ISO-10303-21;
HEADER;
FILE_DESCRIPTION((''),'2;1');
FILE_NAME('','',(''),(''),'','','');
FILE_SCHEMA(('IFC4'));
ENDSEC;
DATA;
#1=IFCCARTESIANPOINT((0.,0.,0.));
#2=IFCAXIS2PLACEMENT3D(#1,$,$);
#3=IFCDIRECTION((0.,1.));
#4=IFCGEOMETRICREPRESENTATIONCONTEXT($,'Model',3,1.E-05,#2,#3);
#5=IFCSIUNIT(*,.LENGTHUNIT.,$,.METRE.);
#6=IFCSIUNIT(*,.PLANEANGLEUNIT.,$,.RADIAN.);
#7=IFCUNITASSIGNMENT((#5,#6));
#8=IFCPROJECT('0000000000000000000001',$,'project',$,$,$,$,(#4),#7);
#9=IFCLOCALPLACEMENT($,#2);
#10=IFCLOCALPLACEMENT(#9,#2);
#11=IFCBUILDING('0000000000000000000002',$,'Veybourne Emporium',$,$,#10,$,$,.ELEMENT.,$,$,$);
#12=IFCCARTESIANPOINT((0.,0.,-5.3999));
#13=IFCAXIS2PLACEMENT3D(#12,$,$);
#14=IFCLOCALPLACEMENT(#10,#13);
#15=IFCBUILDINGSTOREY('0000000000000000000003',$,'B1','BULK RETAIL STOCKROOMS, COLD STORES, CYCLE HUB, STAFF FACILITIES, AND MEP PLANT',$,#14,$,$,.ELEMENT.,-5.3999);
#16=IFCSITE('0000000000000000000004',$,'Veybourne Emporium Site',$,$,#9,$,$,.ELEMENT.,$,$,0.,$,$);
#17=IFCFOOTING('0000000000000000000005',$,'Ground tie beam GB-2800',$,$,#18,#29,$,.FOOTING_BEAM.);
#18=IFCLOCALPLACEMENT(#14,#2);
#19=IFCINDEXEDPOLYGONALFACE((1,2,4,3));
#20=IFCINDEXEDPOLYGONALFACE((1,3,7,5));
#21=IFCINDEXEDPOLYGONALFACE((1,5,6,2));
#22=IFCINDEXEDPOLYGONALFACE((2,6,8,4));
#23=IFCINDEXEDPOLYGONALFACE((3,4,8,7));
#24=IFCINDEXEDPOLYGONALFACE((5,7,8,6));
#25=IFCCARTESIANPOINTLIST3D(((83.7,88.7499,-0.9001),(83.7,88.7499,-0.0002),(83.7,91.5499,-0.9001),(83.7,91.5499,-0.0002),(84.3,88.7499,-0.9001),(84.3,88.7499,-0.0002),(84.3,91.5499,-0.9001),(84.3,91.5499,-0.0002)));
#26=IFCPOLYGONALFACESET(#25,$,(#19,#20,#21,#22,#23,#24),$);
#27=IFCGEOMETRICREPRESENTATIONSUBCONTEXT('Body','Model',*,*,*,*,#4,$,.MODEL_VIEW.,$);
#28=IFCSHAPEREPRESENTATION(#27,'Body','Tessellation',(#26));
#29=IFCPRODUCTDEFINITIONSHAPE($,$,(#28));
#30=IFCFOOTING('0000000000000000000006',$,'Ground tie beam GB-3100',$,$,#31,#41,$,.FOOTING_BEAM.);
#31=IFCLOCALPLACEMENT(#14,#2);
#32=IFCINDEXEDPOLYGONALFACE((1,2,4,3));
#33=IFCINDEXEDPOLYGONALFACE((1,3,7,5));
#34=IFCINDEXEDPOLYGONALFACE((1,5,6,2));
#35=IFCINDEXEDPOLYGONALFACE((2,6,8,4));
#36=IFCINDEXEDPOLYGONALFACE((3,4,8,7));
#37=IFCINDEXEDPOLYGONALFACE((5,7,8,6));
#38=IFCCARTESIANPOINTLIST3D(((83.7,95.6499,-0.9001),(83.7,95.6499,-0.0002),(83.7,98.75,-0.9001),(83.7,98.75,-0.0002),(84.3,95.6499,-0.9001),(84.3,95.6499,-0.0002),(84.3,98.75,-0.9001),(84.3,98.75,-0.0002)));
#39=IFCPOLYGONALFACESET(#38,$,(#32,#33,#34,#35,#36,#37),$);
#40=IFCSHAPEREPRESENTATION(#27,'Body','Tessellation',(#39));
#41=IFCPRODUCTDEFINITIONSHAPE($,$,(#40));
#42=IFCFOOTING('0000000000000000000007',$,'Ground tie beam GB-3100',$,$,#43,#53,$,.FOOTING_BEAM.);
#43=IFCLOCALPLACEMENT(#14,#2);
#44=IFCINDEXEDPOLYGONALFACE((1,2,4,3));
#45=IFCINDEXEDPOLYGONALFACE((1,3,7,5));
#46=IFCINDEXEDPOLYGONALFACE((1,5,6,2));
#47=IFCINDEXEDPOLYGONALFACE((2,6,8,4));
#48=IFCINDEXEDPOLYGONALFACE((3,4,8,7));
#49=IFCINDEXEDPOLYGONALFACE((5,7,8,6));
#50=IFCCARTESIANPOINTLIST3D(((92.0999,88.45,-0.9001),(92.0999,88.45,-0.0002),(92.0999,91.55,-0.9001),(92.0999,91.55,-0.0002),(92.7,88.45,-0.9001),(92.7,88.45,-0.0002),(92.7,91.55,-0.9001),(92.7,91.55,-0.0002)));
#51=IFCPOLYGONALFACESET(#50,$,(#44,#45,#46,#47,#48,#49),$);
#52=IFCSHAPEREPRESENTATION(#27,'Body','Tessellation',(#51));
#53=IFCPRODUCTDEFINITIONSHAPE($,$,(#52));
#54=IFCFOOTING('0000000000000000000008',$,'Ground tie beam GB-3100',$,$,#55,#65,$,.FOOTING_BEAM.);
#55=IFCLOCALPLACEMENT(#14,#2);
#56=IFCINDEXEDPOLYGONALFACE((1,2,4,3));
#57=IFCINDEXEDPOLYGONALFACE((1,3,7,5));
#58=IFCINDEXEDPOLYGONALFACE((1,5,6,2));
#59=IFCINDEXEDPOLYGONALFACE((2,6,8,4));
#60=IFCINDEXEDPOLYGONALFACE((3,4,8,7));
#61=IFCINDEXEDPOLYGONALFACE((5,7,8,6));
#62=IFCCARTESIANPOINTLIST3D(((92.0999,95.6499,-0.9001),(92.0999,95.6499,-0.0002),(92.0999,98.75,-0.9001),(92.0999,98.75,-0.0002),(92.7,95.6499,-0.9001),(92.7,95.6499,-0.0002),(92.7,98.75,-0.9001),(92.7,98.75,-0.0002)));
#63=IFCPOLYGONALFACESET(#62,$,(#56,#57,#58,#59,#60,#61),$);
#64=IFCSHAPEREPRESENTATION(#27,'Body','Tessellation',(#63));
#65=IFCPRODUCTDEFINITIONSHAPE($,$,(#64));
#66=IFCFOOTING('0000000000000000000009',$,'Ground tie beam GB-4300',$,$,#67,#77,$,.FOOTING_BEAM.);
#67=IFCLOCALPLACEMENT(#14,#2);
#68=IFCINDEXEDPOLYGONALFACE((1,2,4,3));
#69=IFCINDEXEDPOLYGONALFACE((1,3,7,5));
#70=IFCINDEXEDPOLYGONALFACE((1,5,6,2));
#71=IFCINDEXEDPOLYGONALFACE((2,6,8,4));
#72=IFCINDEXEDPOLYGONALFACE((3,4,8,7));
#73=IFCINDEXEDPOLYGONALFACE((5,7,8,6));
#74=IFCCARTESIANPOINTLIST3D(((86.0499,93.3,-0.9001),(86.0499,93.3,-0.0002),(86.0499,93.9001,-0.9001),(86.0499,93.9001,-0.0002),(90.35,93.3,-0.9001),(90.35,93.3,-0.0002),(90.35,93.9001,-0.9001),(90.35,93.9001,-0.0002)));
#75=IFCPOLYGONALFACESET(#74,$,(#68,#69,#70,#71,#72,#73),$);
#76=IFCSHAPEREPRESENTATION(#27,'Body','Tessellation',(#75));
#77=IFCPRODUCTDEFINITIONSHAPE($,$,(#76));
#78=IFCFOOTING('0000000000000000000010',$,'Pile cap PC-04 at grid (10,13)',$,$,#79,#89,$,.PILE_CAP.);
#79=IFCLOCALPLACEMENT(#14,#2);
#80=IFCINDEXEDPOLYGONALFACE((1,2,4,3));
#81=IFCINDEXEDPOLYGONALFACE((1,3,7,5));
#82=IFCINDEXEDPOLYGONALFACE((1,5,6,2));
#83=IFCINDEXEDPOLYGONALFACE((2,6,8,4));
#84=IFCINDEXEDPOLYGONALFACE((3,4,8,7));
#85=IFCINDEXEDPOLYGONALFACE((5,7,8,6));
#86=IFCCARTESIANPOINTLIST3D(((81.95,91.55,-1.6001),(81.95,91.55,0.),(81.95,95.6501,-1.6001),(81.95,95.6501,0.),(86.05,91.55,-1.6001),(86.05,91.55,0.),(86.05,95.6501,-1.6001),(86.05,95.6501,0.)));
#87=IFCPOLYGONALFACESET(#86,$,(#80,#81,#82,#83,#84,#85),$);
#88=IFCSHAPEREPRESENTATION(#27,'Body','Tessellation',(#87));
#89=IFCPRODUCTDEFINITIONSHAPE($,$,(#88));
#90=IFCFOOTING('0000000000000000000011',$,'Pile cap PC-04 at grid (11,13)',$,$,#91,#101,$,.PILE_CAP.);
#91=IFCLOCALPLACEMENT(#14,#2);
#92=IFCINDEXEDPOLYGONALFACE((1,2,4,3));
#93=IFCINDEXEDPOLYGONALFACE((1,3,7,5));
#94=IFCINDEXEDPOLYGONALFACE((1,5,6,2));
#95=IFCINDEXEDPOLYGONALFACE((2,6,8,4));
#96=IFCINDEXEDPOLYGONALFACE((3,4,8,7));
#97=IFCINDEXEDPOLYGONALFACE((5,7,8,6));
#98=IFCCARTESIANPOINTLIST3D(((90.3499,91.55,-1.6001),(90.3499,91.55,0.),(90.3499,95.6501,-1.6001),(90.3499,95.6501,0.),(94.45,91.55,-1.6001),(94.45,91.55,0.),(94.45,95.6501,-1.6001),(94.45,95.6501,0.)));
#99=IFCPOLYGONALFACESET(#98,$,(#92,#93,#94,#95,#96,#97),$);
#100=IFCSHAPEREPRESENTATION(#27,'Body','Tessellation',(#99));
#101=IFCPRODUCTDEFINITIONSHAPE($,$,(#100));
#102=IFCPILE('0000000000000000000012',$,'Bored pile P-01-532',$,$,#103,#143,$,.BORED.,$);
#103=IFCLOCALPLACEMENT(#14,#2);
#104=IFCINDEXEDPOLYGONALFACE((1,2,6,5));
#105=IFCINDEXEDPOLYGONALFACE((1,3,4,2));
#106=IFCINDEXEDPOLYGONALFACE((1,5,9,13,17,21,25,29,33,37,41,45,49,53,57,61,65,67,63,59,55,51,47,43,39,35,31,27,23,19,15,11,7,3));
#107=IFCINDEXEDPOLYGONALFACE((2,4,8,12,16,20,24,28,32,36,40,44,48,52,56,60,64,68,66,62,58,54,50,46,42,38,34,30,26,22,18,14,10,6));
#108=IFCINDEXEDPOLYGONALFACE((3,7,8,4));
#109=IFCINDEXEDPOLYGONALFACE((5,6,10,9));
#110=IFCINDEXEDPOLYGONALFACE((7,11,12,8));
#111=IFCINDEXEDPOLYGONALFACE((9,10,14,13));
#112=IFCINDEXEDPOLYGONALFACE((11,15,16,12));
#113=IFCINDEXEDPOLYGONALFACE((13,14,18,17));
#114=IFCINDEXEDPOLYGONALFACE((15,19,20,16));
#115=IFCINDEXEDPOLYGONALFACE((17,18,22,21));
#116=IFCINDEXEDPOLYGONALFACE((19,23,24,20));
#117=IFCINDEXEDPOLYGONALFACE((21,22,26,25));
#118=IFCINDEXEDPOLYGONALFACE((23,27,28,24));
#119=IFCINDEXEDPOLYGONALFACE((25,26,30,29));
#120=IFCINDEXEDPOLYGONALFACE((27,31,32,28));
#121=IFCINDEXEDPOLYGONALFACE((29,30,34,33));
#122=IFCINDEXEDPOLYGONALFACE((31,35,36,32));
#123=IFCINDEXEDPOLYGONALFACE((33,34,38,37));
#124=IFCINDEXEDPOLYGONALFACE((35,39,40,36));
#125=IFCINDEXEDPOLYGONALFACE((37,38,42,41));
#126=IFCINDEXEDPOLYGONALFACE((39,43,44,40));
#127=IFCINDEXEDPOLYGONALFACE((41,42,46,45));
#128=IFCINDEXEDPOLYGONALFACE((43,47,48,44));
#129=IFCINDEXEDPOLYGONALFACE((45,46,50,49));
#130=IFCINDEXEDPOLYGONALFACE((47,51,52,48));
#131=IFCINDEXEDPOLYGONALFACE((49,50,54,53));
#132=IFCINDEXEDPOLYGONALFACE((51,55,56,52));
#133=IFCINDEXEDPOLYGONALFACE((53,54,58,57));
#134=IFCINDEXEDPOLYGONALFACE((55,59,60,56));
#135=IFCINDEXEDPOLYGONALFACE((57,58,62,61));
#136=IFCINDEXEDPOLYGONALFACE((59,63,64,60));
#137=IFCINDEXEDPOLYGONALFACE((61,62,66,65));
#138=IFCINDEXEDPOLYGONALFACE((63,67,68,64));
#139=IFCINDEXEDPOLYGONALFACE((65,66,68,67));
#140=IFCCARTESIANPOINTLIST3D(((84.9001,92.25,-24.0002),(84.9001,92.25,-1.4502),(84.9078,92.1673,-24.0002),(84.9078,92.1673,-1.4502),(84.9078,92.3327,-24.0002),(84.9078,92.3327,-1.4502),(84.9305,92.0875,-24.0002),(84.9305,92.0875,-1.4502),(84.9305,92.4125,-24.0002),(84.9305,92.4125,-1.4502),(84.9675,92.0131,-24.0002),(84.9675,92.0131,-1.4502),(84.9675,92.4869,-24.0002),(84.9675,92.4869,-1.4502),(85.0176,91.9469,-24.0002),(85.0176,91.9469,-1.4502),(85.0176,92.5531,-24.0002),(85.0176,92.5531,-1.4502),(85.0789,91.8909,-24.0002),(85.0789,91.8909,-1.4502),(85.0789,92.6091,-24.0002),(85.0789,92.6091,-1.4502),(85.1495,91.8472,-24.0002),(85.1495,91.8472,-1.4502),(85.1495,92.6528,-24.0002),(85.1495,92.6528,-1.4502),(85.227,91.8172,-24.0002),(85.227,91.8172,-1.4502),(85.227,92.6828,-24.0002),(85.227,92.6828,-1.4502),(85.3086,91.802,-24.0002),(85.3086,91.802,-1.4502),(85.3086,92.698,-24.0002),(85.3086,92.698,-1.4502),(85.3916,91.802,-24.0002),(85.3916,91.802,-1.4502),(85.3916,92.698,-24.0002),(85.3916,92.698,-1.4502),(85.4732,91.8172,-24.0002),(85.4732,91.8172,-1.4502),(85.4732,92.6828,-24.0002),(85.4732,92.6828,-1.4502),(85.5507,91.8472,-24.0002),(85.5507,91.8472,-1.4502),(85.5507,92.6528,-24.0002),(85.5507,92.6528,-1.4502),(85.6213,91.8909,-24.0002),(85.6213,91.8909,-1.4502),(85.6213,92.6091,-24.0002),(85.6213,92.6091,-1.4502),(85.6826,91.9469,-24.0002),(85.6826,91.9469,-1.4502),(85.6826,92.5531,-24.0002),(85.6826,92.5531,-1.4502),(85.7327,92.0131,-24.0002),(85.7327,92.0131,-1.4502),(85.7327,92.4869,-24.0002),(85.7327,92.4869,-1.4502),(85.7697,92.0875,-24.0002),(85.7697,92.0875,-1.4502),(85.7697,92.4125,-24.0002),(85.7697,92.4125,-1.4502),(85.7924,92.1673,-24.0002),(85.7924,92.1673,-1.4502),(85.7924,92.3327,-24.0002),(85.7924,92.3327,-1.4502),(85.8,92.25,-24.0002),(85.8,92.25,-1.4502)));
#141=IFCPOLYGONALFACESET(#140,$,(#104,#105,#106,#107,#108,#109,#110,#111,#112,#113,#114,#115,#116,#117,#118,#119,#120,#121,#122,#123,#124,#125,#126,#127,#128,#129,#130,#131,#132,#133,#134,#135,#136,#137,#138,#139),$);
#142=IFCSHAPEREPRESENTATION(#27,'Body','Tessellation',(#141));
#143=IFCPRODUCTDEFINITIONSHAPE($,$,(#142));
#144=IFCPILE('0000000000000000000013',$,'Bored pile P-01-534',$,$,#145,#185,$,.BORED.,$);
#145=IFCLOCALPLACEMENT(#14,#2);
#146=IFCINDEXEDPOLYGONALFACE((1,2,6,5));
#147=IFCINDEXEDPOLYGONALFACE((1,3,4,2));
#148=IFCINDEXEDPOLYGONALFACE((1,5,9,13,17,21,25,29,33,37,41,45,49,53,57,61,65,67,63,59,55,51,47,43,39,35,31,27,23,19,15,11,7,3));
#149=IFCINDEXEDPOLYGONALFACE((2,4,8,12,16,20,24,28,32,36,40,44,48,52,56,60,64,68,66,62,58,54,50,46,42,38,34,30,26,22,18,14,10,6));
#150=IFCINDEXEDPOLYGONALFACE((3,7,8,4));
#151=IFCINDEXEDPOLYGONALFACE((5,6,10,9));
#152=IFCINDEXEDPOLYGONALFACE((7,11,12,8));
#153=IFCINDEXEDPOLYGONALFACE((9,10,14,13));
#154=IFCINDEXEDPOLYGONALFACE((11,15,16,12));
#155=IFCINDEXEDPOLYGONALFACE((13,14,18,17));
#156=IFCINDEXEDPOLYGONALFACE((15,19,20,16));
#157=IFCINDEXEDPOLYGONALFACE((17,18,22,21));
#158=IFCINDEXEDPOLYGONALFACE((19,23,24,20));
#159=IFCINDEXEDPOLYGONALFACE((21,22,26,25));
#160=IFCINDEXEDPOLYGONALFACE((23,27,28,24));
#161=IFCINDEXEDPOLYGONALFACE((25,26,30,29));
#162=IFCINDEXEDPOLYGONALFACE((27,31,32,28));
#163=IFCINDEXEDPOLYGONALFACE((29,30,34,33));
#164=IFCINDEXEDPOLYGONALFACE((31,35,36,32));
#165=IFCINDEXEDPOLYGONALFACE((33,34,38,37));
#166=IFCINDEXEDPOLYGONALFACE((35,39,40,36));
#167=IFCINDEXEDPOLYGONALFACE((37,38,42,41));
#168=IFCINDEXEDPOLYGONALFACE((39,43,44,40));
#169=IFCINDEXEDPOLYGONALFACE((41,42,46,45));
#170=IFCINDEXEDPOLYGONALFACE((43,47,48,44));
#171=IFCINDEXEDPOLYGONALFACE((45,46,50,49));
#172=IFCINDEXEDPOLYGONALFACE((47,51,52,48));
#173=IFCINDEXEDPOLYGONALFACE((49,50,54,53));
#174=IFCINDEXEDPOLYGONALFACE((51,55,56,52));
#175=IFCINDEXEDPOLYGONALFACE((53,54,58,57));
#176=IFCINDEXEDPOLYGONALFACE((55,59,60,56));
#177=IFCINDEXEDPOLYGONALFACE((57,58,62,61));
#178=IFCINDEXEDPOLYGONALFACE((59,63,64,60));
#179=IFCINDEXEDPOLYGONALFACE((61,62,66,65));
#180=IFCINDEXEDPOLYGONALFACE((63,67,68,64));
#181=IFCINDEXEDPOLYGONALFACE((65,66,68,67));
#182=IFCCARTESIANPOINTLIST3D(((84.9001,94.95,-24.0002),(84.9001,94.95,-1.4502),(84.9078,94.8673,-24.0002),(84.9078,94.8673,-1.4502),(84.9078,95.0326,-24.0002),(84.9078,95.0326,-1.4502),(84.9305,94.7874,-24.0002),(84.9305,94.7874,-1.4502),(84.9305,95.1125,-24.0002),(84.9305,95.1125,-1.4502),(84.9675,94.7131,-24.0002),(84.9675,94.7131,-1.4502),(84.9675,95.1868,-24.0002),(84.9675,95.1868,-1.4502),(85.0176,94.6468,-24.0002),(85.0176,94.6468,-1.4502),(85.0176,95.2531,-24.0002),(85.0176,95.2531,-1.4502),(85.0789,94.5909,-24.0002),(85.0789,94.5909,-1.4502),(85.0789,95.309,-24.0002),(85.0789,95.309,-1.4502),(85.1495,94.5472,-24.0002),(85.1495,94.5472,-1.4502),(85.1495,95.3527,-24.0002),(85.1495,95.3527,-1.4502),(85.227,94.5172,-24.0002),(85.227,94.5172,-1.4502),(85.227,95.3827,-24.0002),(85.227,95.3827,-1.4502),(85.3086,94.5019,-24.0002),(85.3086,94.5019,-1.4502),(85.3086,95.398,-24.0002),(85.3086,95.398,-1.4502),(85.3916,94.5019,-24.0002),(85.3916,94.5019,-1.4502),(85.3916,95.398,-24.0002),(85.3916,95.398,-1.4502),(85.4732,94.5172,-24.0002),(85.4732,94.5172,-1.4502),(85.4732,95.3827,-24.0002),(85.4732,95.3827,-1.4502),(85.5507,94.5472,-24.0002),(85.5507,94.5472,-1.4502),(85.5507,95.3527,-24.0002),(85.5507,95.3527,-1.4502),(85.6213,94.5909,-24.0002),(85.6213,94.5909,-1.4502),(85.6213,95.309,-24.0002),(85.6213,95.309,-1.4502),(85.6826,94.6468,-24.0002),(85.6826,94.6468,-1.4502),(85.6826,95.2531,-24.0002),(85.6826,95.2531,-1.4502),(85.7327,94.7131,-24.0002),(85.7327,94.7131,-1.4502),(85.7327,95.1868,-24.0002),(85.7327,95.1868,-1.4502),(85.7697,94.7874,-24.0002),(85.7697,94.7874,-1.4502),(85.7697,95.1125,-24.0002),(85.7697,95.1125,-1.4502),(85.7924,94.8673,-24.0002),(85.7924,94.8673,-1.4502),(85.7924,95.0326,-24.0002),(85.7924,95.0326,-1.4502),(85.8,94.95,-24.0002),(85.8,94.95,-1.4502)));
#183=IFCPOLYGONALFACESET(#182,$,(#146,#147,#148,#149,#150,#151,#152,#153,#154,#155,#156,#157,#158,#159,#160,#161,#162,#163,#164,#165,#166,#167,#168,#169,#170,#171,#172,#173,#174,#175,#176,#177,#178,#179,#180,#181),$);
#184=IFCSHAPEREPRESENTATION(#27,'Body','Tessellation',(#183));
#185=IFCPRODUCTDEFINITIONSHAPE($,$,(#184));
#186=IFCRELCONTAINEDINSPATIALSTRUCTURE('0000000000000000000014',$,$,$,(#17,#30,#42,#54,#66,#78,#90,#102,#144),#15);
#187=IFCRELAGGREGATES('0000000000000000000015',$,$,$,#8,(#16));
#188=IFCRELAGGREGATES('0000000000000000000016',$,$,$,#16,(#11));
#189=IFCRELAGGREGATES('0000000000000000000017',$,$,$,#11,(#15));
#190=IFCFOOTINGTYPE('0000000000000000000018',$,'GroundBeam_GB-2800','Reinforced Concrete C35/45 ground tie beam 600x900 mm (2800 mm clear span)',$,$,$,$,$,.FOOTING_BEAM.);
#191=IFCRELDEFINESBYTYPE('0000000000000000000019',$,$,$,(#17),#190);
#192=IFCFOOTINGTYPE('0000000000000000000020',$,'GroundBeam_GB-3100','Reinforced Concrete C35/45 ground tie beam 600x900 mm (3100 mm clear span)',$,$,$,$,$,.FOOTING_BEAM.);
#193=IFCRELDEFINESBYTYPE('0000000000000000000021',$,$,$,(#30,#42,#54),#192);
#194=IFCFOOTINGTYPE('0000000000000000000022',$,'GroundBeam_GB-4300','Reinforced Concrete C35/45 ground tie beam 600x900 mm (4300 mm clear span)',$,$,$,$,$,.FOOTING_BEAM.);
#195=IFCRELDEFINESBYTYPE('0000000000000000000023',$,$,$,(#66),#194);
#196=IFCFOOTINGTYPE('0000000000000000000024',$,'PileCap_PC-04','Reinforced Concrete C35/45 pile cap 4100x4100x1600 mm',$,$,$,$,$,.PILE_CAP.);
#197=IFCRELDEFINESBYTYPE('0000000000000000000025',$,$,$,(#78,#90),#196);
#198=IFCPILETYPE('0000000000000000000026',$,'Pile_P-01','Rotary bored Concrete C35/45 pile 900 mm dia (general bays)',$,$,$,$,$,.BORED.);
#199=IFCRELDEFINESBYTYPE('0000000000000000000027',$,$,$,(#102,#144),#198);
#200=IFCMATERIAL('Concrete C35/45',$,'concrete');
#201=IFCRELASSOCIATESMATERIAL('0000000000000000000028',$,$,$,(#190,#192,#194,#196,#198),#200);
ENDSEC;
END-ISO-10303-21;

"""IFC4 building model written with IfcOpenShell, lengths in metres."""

from ifc_helpers import new_model, si_unit, direction, frame, origin, origin_2d, place, context, subcontext, project, spatial, rectangle, circle, extrude, material, material_profile, profile_set, type_object, element, save


model = new_model("IFC4")

# Units and contexts
model_context = context("Model", 3, precision=1e-05, world=origin(), true_north=direction((0.0, 1.0)))
body_context = subcontext(model_context, "Body", "Model", "MODEL_VIEW")
ifc_project = project(units=[si_unit("LENGTHUNIT", "METRE"), si_unit("PLANEANGLEUNIT", "RADIAN")], contexts=[model_context])

# Site, building, storey
site_placement = place(None, origin())
site = spatial("IfcSite", under=ifc_project, at=site_placement, Name="Veybourne Emporium Site", CompositionType="ELEMENT", RefElevation=0.0)
building_placement = place(site_placement, origin())
building = spatial("IfcBuilding", under=site, at=building_placement, Name="Veybourne Emporium", CompositionType="ELEMENT")
storey_placement = place(building_placement, frame((0.0, 0.0, -5.3999)))
storey = spatial("IfcBuildingStorey", under=building, at=storey_placement, Name="B1", Description="BULK RETAIL STOCKROOMS, COLD STORES, CYCLE HUB, STAFF FACILITIES, AND MEP PLANT", CompositionType="ELEMENT", Elevation=-5.3999)

# Footings
ifc_material_1 = material(Name="Concrete C35/45", Category="concrete")
footing_type_1 = type_object("IfcFootingType", Name="GroundBeam_GB-2800", Description="Reinforced Concrete C35/45 ground tie beam 600x900 mm (2800 mm clear span)", PredefinedType="FOOTING_BEAM", material=ifc_material_1)
footing_1_placement = place(storey_placement, frame((84.0, 90.1499, -0.9001), z_axis=(0.0, 0.0, 1.0), x_axis=(0.0, 1.0, 0.0)))
element("IfcFooting", 1, at=footing_1_placement, inside=storey, type_object=footing_type_1, Name="Ground tie beam GB-2800", PredefinedType="FOOTING_BEAM", context=body_context, shape_type="SweptSolid", body=[
    extrude(rectangle(XDim=2.8, YDim=0.6001, at=origin_2d()), origin(), (0.0, 0.0, 1.0), 0.8999),
])
footing_type_2 = type_object("IfcFootingType", Name="GroundBeam_GB-3100", Description="Reinforced Concrete C35/45 ground tie beam 600x900 mm (3100 mm clear span)", PredefinedType="FOOTING_BEAM", material=ifc_material_1)
for number, where, z_axis, x_axis, name in (
    (2, (84.0, 97.2, -0.9001), (0.0, 0.0, 1.0), (0.0, 1.0, 0.0), "Ground tie beam GB-3100"),
    (3, (92.3999, 90.0, -0.9001), (0.0, 0.0, 1.0), (0.0, 1.0, 0.0), "Ground tie beam GB-3100"),
    (4, (92.3999, 97.2, -0.9001), (0.0, 0.0, 1.0), (0.0, 1.0, 0.0), "Ground tie beam GB-3100"),
):
    element("IfcFooting", number, at=place(storey_placement, frame(where, z_axis=z_axis, x_axis=x_axis)), inside=storey, type_object=footing_type_2, Name=name, PredefinedType="FOOTING_BEAM", context=body_context, shape_type="SweptSolid", body=[
        extrude(rectangle(XDim=3.1001, YDim=0.6001, at=origin_2d()), origin(), (0.0, 0.0, 1.0), 0.8999),
    ])
footing_type_3 = type_object("IfcFootingType", Name="GroundBeam_GB-4300", Description="Reinforced Concrete C35/45 ground tie beam 600x900 mm (4300 mm clear span)", PredefinedType="FOOTING_BEAM", material=ifc_material_1)
footing_2_placement = place(storey_placement, frame((88.2, 93.6001, -0.9001), z_axis=(0.0, 0.0, 1.0), x_axis=(1.0, 0.0, 0.0)))
element("IfcFooting", 5, at=footing_2_placement, inside=storey, type_object=footing_type_3, Name="Ground tie beam GB-4300", PredefinedType="FOOTING_BEAM", context=body_context, shape_type="SweptSolid", body=[
    extrude(rectangle(XDim=4.3, YDim=0.6001, at=origin_2d()), origin(), (0.0, 0.0, 1.0), 0.8999),
])
footing_type_4 = type_object("IfcFootingType", Name="PileCap_PC-04", Description="Reinforced Concrete C35/45 pile cap 4100x4100x1600 mm", PredefinedType="PILE_CAP", material=ifc_material_1)
for number, where, z_axis, x_axis, name in (
    (6, (84.0, 93.6001, -1.6001), (0.0, 0.0, 1.0), (1.0, 0.0, 0.0), "Pile cap PC-04 at grid (10,13)"),
    (7, (92.3999, 93.6001, -1.6001), (0.0, 0.0, 1.0), (1.0, 0.0, 0.0), "Pile cap PC-04 at grid (11,13)"),
):
    element("IfcFooting", number, at=place(storey_placement, frame(where, z_axis=z_axis, x_axis=x_axis)), inside=storey, type_object=footing_type_4, Name=name, PredefinedType="PILE_CAP", context=body_context, shape_type="SweptSolid", body=[
        extrude(rectangle(XDim=4.1001, YDim=4.1001, at=origin_2d()), origin(), (0.0, 0.0, 1.0), 1.6001),
    ])

# Piles
ifc_material_profile_1 = material_profile(ifc_material_1, circle(Radius=0.45, at=origin_2d()), Name="BORED PILE 900")
ifc_profile_set_1 = profile_set([ifc_material_profile_1], Name="Concrete C35/45")
pile_type_1 = type_object("IfcPileType", Name="Pile_P-01", Description="Rotary bored Concrete C35/45 pile 900 mm dia (general bays)", PredefinedType="BORED", material=ifc_profile_set_1)
for number, where, z_axis, x_axis, name in (
    (8, (85.3501, 92.25, -1.4502), (0.0, 0.0, -1.0), (1.0, 0.0, 0.0), "Bored pile P-01-532"),
    (9, (85.3501, 94.95, -1.4502), (0.0, 0.0, -1.0), (1.0, 0.0, 0.0), "Bored pile P-01-534"),
):
    element("IfcPile", number, at=place(storey_placement, frame(where, z_axis=z_axis, x_axis=x_axis)), inside=storey, type_object=pile_type_1, Name=name, PredefinedType="BORED", context=body_context, shape_type="SweptSolid", body=[
        extrude(circle(Radius=0.45, at=origin_2d()), origin(), (0.0, 0.0, 1.0), 22.55),
    ])

save(model, "model.ifc")
